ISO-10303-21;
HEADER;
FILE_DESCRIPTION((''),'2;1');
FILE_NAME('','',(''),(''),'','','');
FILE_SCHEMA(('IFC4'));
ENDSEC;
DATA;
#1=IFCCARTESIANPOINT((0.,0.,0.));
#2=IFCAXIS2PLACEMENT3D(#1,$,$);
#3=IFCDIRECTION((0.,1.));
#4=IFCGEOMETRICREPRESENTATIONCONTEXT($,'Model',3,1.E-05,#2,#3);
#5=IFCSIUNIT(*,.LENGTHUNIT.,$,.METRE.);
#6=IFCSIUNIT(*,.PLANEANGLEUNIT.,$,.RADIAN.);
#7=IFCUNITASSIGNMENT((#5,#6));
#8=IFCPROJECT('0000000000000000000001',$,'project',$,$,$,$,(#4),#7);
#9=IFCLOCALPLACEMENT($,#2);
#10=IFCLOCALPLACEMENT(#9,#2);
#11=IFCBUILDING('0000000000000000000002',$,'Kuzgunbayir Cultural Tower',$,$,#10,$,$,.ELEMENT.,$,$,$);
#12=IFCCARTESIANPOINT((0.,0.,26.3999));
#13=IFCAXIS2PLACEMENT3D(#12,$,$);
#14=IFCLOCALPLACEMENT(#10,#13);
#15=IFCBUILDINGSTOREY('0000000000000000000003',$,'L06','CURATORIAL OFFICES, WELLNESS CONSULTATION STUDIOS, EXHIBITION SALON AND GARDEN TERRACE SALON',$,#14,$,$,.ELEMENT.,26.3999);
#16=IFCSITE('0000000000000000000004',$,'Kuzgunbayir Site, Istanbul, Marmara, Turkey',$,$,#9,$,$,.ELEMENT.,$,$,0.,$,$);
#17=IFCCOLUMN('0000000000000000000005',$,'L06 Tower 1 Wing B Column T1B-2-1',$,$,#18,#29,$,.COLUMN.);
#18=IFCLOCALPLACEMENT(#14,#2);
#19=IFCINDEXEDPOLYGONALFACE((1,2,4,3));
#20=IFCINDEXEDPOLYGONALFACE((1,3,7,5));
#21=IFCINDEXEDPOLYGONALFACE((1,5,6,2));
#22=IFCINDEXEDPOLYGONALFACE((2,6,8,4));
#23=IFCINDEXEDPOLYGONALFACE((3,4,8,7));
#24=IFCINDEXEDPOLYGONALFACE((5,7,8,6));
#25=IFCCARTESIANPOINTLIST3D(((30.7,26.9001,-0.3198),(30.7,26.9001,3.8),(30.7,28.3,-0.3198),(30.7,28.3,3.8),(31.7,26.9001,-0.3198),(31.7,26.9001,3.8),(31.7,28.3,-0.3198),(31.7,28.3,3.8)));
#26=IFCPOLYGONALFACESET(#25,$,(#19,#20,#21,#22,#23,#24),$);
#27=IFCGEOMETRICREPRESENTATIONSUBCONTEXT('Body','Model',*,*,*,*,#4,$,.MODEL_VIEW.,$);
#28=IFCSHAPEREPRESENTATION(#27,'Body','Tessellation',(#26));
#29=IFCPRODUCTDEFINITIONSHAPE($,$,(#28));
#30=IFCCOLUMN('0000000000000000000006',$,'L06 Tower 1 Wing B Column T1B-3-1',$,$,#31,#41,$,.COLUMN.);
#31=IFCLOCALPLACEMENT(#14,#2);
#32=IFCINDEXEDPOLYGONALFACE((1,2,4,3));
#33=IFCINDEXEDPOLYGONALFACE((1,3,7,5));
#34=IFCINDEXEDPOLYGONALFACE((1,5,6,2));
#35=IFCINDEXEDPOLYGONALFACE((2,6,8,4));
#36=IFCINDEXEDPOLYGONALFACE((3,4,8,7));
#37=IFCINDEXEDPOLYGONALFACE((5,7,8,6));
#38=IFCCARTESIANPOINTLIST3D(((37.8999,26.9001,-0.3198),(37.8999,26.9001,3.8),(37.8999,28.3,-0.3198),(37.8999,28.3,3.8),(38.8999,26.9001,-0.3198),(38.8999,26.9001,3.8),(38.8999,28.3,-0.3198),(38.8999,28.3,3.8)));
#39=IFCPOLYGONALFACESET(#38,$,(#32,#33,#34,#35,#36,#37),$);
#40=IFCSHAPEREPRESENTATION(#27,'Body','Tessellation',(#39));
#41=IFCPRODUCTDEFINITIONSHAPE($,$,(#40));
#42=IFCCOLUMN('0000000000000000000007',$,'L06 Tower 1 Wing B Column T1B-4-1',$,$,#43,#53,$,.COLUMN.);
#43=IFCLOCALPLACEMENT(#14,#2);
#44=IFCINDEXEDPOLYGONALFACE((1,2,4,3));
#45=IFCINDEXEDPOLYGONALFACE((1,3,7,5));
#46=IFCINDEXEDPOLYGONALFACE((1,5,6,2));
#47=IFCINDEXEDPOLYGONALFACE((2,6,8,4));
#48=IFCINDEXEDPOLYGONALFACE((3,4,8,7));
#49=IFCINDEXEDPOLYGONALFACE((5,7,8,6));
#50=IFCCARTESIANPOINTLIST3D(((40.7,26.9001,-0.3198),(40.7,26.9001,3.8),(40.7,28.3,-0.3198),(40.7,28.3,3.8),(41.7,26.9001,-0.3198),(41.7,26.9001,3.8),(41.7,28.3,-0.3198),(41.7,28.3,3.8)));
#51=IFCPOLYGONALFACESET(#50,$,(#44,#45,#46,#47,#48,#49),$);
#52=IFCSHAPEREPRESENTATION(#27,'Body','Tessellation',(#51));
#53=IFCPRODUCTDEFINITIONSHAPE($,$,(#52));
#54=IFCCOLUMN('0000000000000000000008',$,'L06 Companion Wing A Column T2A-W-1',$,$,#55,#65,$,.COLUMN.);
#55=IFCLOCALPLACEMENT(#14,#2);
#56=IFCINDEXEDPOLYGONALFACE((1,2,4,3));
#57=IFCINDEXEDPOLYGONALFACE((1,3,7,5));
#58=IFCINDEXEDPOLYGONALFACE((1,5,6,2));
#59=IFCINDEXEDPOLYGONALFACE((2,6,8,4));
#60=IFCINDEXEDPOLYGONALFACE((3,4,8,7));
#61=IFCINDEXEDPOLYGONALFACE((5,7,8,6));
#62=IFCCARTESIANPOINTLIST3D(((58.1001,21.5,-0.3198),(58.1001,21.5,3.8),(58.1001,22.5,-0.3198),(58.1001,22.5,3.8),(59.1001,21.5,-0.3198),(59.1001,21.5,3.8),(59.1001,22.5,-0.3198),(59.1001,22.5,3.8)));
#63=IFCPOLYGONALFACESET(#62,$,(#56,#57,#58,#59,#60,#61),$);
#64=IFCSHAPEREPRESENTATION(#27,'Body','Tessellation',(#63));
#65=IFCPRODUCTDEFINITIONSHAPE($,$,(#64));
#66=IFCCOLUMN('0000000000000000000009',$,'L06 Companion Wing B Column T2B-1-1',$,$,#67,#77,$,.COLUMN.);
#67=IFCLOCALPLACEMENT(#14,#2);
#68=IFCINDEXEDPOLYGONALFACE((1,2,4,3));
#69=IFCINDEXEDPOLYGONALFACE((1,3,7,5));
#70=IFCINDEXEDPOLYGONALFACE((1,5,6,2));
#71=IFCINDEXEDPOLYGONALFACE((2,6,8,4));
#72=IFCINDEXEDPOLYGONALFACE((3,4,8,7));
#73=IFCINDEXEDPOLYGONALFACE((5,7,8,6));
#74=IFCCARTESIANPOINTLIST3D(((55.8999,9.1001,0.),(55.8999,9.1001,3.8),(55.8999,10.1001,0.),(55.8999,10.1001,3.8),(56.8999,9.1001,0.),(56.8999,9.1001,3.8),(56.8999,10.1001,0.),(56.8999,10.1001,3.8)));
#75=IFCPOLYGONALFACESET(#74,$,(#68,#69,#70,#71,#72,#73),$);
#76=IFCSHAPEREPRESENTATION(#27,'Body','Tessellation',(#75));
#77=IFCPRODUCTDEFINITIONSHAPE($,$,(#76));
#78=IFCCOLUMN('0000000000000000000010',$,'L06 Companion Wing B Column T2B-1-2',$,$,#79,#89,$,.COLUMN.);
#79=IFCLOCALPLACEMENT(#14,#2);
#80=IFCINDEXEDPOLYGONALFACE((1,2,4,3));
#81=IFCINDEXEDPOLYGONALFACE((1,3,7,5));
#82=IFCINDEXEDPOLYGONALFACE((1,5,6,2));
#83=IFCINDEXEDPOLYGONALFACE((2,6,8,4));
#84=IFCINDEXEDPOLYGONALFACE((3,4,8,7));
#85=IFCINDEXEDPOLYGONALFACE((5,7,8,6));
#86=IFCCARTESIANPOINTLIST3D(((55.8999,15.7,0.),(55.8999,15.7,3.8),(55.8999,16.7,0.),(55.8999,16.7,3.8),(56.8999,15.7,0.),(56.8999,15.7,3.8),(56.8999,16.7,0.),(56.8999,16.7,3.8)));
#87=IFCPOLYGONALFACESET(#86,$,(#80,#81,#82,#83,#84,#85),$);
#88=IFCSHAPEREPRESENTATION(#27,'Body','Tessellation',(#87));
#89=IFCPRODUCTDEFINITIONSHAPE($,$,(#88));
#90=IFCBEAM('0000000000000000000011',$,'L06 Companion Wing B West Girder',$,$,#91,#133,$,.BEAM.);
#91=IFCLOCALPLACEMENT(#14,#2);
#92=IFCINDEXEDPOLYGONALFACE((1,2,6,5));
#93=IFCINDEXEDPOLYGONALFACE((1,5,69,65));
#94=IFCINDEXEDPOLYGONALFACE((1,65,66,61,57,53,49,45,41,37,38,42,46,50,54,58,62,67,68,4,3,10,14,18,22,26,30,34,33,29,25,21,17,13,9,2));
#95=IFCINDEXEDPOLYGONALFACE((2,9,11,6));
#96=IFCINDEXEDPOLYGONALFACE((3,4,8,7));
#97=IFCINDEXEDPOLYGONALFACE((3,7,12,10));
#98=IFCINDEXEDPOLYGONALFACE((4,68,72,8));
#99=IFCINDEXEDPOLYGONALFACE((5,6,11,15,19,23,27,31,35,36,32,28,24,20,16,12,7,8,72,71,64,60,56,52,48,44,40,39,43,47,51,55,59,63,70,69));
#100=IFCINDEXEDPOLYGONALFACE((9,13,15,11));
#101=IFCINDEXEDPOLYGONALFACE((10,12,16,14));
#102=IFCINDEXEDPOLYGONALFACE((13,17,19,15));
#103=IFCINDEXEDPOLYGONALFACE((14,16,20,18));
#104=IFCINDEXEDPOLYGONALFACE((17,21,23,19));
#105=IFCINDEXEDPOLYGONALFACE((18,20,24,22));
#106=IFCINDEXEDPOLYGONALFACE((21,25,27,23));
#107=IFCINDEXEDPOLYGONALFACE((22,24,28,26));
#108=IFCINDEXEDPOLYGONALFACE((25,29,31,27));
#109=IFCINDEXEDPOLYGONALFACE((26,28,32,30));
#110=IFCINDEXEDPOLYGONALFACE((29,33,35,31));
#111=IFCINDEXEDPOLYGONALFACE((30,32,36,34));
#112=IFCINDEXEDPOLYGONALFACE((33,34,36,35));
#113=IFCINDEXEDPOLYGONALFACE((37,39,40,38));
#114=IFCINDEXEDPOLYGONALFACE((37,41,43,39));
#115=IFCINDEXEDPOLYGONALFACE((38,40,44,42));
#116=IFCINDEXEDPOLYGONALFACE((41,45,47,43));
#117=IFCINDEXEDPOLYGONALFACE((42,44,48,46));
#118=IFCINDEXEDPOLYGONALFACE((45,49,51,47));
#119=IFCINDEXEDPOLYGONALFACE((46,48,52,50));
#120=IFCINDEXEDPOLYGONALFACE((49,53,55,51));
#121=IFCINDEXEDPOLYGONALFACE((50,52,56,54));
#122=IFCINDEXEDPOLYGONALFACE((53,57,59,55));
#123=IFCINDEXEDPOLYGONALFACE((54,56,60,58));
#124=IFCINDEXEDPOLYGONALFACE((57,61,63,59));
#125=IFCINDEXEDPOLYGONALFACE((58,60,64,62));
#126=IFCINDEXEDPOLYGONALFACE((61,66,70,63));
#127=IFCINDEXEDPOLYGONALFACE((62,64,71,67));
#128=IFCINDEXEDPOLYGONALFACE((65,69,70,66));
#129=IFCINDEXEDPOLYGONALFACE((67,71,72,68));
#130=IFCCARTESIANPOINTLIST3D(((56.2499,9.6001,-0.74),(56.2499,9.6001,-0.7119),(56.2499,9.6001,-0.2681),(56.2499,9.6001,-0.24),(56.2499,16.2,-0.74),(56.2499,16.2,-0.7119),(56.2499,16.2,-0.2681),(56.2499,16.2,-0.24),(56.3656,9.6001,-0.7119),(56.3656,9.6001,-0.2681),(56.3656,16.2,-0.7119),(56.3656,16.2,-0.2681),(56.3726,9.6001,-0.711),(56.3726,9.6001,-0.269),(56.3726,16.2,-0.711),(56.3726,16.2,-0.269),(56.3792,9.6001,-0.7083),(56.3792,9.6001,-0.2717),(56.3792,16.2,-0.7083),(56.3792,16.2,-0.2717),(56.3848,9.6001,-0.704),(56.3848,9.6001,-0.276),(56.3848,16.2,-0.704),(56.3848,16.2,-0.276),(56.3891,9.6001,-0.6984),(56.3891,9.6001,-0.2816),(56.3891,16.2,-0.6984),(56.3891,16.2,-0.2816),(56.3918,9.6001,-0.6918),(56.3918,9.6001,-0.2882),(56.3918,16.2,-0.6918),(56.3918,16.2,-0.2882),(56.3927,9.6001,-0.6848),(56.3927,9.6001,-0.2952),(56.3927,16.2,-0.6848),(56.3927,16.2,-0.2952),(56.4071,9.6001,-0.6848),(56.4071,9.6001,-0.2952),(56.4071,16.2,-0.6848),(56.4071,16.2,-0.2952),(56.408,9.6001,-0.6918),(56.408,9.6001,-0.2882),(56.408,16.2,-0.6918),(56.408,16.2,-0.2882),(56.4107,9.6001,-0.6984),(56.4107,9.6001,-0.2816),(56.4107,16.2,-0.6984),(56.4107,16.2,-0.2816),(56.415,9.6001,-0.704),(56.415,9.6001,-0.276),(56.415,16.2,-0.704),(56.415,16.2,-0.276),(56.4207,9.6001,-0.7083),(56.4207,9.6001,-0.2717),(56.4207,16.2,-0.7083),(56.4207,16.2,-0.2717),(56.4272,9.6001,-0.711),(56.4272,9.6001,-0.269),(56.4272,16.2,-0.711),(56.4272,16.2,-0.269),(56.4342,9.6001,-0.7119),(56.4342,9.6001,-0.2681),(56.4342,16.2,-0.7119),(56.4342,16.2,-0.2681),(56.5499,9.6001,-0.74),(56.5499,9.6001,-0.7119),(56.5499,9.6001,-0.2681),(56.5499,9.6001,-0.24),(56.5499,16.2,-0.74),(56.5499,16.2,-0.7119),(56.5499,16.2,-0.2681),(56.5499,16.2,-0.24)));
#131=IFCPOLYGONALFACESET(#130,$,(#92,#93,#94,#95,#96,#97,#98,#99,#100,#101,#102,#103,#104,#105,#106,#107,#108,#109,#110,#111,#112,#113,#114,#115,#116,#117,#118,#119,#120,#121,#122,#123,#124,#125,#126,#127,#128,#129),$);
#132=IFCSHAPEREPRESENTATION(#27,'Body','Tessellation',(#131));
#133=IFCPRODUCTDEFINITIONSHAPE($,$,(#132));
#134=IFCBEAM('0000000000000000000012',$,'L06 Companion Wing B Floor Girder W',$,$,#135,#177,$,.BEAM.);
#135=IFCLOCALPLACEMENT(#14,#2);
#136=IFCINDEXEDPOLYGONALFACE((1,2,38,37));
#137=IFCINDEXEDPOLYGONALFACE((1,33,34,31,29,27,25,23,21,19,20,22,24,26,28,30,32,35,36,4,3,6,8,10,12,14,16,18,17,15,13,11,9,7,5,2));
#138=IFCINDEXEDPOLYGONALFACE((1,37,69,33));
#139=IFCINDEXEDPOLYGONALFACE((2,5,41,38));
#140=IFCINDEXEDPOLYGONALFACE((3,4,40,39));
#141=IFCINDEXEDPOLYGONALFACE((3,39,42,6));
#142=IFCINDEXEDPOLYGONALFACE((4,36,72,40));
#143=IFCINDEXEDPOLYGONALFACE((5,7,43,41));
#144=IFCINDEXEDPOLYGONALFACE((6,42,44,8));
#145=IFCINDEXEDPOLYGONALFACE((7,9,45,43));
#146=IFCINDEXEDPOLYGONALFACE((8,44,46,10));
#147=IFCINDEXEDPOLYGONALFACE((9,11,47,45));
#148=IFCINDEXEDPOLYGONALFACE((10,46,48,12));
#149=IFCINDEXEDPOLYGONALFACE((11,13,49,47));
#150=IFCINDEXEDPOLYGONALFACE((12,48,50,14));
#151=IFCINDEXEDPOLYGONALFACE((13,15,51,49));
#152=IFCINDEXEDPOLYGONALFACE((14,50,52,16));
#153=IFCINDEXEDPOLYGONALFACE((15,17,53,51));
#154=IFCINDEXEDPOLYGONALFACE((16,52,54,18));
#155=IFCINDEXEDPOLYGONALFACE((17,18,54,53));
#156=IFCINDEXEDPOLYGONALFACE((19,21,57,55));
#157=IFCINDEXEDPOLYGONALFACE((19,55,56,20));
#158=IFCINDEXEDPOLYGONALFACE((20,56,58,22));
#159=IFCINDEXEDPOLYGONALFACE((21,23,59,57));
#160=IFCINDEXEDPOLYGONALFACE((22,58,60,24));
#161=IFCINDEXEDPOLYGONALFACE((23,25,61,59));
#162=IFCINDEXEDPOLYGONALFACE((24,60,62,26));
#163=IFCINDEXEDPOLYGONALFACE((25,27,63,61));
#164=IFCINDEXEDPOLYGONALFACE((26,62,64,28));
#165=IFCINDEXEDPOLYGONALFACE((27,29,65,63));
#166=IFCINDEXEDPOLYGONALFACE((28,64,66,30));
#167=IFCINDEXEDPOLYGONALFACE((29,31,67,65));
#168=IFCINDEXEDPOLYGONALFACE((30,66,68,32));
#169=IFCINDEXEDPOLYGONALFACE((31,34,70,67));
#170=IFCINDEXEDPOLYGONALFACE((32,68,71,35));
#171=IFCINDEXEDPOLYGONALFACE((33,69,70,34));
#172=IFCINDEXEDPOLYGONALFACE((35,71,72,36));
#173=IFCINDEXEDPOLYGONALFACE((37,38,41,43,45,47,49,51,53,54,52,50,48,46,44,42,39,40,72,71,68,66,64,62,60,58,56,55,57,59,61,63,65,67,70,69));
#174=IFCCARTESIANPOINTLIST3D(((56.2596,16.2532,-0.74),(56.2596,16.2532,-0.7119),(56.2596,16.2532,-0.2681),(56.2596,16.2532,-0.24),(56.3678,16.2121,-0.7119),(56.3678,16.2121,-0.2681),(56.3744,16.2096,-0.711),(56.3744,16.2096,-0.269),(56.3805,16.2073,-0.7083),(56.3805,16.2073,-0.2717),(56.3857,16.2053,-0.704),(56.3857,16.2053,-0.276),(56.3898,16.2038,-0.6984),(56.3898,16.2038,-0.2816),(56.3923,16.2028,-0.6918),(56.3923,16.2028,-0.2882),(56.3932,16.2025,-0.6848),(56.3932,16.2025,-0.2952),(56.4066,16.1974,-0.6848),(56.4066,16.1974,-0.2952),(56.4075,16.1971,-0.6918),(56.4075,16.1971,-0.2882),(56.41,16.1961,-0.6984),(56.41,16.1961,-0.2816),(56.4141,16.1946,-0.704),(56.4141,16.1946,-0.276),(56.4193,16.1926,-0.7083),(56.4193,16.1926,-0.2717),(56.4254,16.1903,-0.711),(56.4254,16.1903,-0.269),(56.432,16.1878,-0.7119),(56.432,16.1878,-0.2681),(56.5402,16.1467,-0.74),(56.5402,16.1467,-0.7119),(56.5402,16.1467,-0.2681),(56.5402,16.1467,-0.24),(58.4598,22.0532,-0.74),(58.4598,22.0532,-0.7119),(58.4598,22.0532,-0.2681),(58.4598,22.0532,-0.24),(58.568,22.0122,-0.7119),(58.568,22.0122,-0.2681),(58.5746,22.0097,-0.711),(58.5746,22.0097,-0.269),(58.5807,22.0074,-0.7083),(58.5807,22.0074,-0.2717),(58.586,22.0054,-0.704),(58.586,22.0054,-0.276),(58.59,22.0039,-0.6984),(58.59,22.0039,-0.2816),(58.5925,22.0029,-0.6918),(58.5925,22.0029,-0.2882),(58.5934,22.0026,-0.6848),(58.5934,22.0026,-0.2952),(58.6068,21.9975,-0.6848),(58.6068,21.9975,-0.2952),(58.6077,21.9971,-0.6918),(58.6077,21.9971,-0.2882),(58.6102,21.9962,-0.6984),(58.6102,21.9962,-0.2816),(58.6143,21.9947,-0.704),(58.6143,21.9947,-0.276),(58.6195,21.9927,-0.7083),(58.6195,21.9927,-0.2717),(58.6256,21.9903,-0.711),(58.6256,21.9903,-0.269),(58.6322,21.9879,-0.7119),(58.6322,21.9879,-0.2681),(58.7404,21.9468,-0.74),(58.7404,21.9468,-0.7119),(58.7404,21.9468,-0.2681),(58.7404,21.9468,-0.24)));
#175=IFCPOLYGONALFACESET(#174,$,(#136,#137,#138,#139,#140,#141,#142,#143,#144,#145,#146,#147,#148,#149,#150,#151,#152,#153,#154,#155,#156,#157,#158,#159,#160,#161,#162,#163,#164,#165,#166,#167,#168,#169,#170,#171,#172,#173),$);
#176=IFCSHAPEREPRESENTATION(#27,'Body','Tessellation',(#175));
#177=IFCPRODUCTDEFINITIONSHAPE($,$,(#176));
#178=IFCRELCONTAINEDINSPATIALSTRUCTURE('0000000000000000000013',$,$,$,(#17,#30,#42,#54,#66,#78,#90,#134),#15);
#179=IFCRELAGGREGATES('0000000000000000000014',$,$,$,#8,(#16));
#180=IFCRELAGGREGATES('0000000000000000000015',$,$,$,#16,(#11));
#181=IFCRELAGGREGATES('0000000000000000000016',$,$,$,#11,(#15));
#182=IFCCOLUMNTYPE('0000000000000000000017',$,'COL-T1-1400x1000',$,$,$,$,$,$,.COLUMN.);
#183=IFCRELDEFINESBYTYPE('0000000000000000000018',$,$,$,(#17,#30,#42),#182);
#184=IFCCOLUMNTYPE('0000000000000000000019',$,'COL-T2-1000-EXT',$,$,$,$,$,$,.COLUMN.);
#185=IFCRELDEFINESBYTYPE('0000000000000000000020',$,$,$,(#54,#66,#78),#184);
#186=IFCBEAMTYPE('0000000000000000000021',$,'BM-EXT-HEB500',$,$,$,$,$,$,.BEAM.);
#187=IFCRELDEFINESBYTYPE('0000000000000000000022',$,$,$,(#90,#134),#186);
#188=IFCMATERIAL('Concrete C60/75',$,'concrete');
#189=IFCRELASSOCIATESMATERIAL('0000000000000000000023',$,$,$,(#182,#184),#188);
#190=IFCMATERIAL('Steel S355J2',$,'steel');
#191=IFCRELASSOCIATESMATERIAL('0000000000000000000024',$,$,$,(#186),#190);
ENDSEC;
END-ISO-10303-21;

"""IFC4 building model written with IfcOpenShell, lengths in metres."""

from ifc_helpers import new_model, si_unit, direction, frame, origin, origin_2d, place, context, subcontext, project, spatial, rectangle, i_section, extrude, material, material_profile, profile_set, type_object, element, save


model = new_model("IFC4")

# Units and contexts
model_context = context("Model", 3, precision=1e-05, world=origin(), true_north=direction((0.0, 1.0)))
body_context = subcontext(model_context, "Body", "Model", "MODEL_VIEW")
ifc_project = project(units=[si_unit("LENGTHUNIT", "METRE"), si_unit("PLANEANGLEUNIT", "RADIAN")], contexts=[model_context])

# Site, building, storey
site_placement = place(None, origin())
site = spatial("IfcSite", under=ifc_project, at=site_placement, Name="Kuzgunbayir Site, Istanbul, Marmara, Turkey", CompositionType="ELEMENT", RefElevation=0.0)
building_placement = place(site_placement, origin())
building = spatial("IfcBuilding", under=site, at=building_placement, Name="Kuzgunbayir Cultural Tower", CompositionType="ELEMENT")
storey_placement = place(building_placement, frame((0.0, 0.0, 26.3999)))
storey = spatial("IfcBuildingStorey", under=building, at=storey_placement, Name="L06", Description="CURATORIAL OFFICES, WELLNESS CONSULTATION STUDIOS, EXHIBITION SALON AND GARDEN TERRACE SALON", CompositionType="ELEMENT", Elevation=26.3999)

# Columns
ifc_material_1 = material(Name="Concrete C60/75", Category="concrete")
ifc_material_profile_1 = material_profile(ifc_material_1, rectangle(XDim=1.0, YDim=1.3999, at=origin_2d()), Name="RC 1400x1000")
ifc_profile_set_1 = profile_set([ifc_material_profile_1], Name="Concrete C60/75")
column_type_1 = type_object("IfcColumnType", Name="COL-T1-1400x1000", PredefinedType="COLUMN", material=ifc_profile_set_1)
for number, where, z_axis, x_axis, name in (
    (1, (31.2, 27.6001, -0.3198), (0.0, 0.0, 1.0), (1.0, 0.0, 0.0), "L06 Tower 1 Wing B Column T1B-2-1"),
    (2, (38.3999, 27.6001, -0.3198), (0.0, 0.0, 1.0), (1.0, 0.0, 0.0), "L06 Tower 1 Wing B Column T1B-3-1"),
    (3, (41.2, 27.6001, -0.3198), (0.0, 0.0, 1.0), (1.0, 0.0, 0.0), "L06 Tower 1 Wing B Column T1B-4-1"),
):
    element("IfcColumn", number, at=place(storey_placement, frame(where, z_axis=z_axis, x_axis=x_axis)), inside=storey, type_object=column_type_1, Name=name, PredefinedType="COLUMN", context=body_context, shape_type="SweptSolid", body=[
        extrude(rectangle(XDim=1.0, YDim=1.3999, at=origin_2d()), origin(), (0.0, 0.0, 1.0), 4.1199),
    ])
ifc_material_profile_2 = material_profile(ifc_material_1, rectangle(XDim=1.0, YDim=1.0, at=origin_2d()), Name="RC 1000x1000")
ifc_profile_set_2 = profile_set([ifc_material_profile_2], Name="Concrete C60/75")
column_type_2 = type_object("IfcColumnType", Name="COL-T2-1000-EXT", PredefinedType="COLUMN", material=ifc_profile_set_2)
column_placement = place(storey_placement, frame((58.6001, 22.0, -0.3198), z_axis=(0.0, 0.0, 1.0), x_axis=(1.0, 0.0, 0.0)))
element("IfcColumn", 4, at=column_placement, inside=storey, type_object=column_type_2, Name="L06 Companion Wing A Column T2A-W-1", PredefinedType="COLUMN", context=body_context, shape_type="SweptSolid", body=[
    extrude(rectangle(XDim=1.0, YDim=1.0, at=origin_2d()), origin(), (0.0, 0.0, 1.0), 4.1199),
])
for number, where, z_axis, x_axis, name in (
    (5, (56.3999, 9.6001, 0.0), (0.0, 0.0, 1.0), (1.0, 0.0, 0.0), "L06 Companion Wing B Column T2B-1-1"),
    (6, (56.3999, 16.2, 0.0), (0.0, 0.0, 1.0), (1.0, 0.0, 0.0), "L06 Companion Wing B Column T2B-1-2"),
):
    element("IfcColumn", number, at=place(storey_placement, frame(where, z_axis=z_axis, x_axis=x_axis)), inside=storey, type_object=column_type_2, Name=name, PredefinedType="COLUMN", context=body_context, shape_type="SweptSolid", body=[
        extrude(rectangle(XDim=1.0, YDim=1.0, at=origin_2d()), origin(), (0.0, 0.0, 1.0), 3.8),
    ])

# Beams
ifc_material_2 = material(Name="Steel S355J2", Category="steel")
ifc_material_profile_3 = material_profile(ifc_material_2, i_section(OverallWidth=0.3, OverallDepth=0.5, WebThickness=0.0144, FlangeThickness=0.0281, FilletRadius=0.0271, at=origin_2d()), Name="HEB 500")
ifc_profile_set_3 = profile_set([ifc_material_profile_3], Name="Steel S355J2")
beam_type_1 = type_object("IfcBeamType", Name="BM-EXT-HEB500", PredefinedType="BEAM", material=ifc_profile_set_3)
beam_1_placement = place(storey_placement, frame((56.3999, 9.6001, -0.49), z_axis=(0.0, 1.0, 0.0), x_axis=(-1.0, 0.0, 0.0)))
element("IfcBeam", 7, at=beam_1_placement, inside=storey, type_object=beam_type_1, Name="L06 Companion Wing B West Girder", PredefinedType="BEAM", context=body_context, shape_type="SweptSolid", body=[
    extrude(i_section(OverallWidth=0.3, OverallDepth=0.5, WebThickness=0.0144, FlangeThickness=0.0281, FilletRadius=0.0271, at=origin_2d()), origin(), (0.0, 0.0, 1.0), 6.5999),
])
beam_2_placement = place(storey_placement, frame((56.3999, 16.2, -0.49), z_axis=(0.354679, 0.934988, 0.0), x_axis=(-0.934988, 0.354679, 0.0)))
element("IfcBeam", 8, at=beam_2_placement, inside=storey, type_object=beam_type_1, Name="L06 Companion Wing B Floor Girder W", PredefinedType="BEAM", context=body_context, shape_type="SweptSolid", body=[
    extrude(i_section(OverallWidth=0.3, OverallDepth=0.5, WebThickness=0.0144, FlangeThickness=0.0281, FilletRadius=0.0271, at=origin_2d()), origin(), (0.0, 0.0, 1.0), 6.2034),
])

save(model, "model.ifc")
